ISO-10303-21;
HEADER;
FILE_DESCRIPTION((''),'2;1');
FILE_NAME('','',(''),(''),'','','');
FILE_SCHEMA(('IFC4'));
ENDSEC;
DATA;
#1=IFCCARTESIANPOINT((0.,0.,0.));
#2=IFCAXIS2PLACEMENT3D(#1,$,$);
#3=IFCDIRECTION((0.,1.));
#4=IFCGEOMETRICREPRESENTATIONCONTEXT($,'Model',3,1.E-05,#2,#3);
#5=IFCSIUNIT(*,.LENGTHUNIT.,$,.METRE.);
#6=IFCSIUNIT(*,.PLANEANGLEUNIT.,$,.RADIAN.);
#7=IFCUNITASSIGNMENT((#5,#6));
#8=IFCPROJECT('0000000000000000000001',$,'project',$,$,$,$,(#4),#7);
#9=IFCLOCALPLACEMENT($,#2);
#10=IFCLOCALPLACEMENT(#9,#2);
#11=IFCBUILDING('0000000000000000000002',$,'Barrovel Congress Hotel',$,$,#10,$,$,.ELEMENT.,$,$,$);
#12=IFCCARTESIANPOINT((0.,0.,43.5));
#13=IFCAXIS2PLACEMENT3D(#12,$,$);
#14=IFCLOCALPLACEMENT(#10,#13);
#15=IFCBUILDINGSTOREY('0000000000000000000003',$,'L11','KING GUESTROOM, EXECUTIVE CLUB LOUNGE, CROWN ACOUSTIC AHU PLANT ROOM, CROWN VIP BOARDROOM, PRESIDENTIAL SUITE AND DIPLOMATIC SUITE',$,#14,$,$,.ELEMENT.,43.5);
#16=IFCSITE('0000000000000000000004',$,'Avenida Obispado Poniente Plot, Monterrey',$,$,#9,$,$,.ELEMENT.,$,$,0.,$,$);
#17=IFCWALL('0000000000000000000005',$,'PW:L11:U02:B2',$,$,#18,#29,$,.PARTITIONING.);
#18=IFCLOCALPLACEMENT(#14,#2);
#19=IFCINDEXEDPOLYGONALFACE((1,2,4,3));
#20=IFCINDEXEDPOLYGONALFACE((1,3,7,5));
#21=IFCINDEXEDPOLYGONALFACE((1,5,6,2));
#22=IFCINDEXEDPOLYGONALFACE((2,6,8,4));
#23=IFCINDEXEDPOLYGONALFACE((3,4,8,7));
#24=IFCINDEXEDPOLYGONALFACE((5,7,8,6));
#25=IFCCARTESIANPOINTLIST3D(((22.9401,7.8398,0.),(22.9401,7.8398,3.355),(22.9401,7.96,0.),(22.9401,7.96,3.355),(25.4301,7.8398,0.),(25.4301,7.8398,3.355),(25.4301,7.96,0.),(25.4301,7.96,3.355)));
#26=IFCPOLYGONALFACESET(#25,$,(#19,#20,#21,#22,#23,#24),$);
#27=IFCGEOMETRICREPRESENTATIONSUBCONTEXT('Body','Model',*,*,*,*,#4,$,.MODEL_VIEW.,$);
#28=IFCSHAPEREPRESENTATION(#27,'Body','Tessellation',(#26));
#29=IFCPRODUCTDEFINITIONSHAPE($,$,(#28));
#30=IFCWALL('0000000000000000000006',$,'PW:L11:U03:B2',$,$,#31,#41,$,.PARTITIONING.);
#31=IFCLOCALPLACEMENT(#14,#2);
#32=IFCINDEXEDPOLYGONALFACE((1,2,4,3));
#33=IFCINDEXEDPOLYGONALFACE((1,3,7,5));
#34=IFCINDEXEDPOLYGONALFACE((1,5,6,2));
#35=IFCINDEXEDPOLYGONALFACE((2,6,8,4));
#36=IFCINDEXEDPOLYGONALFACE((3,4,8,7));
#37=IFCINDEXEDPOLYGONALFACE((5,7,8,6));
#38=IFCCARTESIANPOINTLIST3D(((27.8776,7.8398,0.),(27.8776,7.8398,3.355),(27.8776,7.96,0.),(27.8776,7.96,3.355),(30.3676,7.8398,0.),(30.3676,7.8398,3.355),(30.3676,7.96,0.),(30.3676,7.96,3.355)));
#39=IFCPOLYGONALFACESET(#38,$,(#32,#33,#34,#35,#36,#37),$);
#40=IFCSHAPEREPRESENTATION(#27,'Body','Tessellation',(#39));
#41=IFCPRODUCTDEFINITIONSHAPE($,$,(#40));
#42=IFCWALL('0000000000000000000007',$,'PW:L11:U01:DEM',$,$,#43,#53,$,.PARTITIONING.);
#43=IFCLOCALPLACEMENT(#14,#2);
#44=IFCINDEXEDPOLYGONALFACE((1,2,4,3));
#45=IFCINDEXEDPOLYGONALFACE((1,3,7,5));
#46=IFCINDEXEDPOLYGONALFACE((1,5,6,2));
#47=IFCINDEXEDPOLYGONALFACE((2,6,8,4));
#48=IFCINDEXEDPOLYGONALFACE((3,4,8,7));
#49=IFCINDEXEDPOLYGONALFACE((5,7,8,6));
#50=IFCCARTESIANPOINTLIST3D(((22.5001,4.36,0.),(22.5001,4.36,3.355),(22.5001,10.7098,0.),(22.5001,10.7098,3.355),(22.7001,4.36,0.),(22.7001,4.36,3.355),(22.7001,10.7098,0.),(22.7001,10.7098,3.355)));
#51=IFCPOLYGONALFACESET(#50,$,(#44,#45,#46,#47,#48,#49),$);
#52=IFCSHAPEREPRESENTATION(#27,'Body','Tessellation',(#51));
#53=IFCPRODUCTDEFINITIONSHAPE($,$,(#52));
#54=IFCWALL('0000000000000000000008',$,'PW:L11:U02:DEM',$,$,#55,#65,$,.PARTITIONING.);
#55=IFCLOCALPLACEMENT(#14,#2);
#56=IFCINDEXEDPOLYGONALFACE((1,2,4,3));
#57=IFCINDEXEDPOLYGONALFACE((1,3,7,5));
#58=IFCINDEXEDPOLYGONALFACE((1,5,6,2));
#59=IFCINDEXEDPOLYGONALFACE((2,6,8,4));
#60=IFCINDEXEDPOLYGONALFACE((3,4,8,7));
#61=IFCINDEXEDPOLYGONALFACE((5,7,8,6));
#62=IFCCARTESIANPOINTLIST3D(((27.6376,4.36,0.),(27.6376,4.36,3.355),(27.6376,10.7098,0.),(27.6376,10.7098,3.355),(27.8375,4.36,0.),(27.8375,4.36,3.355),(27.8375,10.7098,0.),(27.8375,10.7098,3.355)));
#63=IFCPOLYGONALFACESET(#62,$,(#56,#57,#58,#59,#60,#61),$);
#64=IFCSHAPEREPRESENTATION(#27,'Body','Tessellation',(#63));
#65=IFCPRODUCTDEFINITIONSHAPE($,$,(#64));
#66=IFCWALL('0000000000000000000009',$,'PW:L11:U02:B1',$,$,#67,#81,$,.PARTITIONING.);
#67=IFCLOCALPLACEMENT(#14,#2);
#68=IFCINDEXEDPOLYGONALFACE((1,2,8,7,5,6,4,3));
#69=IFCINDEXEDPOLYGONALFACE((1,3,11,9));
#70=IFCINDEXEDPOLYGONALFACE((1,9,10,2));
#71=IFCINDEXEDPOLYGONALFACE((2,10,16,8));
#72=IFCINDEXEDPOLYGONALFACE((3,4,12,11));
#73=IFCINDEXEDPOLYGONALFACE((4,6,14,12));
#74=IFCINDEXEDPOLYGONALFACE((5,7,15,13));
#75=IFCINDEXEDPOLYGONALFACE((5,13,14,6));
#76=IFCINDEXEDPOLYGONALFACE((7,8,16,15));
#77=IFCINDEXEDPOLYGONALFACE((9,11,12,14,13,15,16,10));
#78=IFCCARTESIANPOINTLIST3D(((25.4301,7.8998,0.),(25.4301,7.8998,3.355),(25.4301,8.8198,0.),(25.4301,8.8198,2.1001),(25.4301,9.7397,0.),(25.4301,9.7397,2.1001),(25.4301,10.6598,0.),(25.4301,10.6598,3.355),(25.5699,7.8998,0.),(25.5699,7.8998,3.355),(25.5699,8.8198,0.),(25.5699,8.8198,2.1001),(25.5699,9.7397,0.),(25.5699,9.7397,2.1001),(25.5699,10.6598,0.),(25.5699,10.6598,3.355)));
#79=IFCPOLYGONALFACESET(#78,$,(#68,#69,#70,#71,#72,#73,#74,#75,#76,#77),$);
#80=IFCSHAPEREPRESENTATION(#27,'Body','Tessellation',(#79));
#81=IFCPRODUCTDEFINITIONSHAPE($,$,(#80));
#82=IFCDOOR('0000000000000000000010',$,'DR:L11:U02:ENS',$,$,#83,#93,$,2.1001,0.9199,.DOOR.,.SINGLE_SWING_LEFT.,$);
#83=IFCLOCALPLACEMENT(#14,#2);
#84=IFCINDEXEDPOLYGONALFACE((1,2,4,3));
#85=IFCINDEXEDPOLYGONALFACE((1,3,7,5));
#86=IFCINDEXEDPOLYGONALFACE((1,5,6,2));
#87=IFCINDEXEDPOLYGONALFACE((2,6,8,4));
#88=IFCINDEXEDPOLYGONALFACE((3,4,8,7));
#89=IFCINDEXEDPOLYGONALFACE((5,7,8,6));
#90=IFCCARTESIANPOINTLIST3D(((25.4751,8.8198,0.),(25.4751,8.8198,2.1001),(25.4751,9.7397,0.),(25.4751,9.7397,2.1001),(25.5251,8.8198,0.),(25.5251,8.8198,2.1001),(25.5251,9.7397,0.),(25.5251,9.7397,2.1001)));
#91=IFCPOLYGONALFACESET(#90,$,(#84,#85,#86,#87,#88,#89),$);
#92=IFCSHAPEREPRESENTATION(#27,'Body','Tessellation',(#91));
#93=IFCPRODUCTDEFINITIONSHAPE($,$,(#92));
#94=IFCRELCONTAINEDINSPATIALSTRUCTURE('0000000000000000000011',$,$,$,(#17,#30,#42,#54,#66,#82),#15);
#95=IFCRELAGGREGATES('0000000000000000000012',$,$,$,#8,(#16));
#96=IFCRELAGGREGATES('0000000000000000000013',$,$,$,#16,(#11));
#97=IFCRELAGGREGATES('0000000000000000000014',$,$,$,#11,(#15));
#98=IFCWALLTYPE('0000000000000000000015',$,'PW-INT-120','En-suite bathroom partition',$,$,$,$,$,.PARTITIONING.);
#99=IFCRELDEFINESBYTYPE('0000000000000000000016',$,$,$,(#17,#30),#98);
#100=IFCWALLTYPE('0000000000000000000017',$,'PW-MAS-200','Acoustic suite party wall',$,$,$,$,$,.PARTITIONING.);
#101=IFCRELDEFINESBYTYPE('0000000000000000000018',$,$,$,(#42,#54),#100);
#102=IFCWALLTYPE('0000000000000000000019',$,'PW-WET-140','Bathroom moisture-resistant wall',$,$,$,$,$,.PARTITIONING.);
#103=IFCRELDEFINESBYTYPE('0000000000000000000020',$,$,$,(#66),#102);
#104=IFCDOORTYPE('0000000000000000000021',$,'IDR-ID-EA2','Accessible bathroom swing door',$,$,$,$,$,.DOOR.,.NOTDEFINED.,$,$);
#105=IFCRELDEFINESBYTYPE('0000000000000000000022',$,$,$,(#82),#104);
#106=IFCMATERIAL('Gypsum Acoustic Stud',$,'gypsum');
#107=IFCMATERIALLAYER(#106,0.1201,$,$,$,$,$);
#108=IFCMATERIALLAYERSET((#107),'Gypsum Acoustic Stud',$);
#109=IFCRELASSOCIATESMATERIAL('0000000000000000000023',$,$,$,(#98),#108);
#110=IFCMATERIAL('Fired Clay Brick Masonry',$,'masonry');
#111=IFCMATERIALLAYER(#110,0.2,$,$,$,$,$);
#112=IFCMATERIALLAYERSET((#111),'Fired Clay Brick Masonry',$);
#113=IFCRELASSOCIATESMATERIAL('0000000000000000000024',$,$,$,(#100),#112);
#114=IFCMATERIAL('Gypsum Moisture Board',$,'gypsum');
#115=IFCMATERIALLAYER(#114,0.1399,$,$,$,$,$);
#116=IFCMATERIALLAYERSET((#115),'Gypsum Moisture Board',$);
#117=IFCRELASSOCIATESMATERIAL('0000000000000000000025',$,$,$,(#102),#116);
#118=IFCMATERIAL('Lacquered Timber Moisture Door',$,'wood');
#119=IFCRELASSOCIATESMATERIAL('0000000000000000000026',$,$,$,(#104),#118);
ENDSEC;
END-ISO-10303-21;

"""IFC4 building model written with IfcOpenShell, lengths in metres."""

from ifc_helpers import new_model, si_unit, direction, frame, frame_2d, origin, place, context, subcontext, project, spatial, rectangle, extrude, material, layer, layer_set, type_object, element, fill, save


model = new_model("IFC4")

# Units and contexts
model_context = context("Model", 3, precision=1e-05, world=origin(), true_north=direction((0.0, 1.0)))
body_context = subcontext(model_context, "Body", "Model", "MODEL_VIEW")
ifc_project = project(units=[si_unit("LENGTHUNIT", "METRE"), si_unit("PLANEANGLEUNIT", "RADIAN")], contexts=[model_context])

# Site, building, storey
site_placement = place(None, origin())
site = spatial("IfcSite", under=ifc_project, at=site_placement, Name="Avenida Obispado Poniente Plot, Monterrey", CompositionType="ELEMENT", RefElevation=0.0)
building_placement = place(site_placement, origin())
building = spatial("IfcBuilding", under=site, at=building_placement, Name="Barrovel Congress Hotel", CompositionType="ELEMENT")
storey_placement = place(building_placement, frame((0.0, 0.0, 43.5)))
storey = spatial("IfcBuildingStorey", under=building, at=storey_placement, Name="L11", Description="KING GUESTROOM, EXECUTIVE CLUB LOUNGE, CROWN ACOUSTIC AHU PLANT ROOM, CROWN VIP BOARDROOM, PRESIDENTIAL SUITE AND DIPLOMATIC SUITE", CompositionType="ELEMENT", Elevation=43.5)

# Shared definitions
ifc_material_1 = material(Name="Fired Clay Brick Masonry", Category="masonry")

# Shared definitions
ifc_material_2 = material(Name="Gypsum Acoustic Stud", Category="gypsum")

# Walls
ifc_layer_1 = layer(ifc_material_2, 0.1201)
ifc_layer_set_1 = layer_set([ifc_layer_1], Name="Gypsum Acoustic Stud")
wall_type_1 = type_object("IfcWallType", Name="PW-INT-120", Description="En-suite bathroom partition", PredefinedType="PARTITIONING", material=ifc_layer_set_1)
for number, where, z_axis, x_axis, name in (
    (1, (22.9399, 7.8999, 0.0), (0.0, 0.0, 1.0), (1.0, 0.0, 0.0), "PW:L11:U02:B2"),
    (2, (27.8774, 7.8999, 0.0), (0.0, 0.0, 1.0), (1.0, 0.0, 0.0), "PW:L11:U03:B2"),
):
    element("IfcWall", number, at=place(storey_placement, frame(where, z_axis=z_axis, x_axis=x_axis)), inside=storey, type_object=wall_type_1, Name=name, PredefinedType="PARTITIONING", context=body_context, shape_type="SweptSolid", body=[
        extrude(rectangle(XDim=2.49, YDim=0.1201, at=frame_2d((1.2451, 0.0))), origin(), (0.0, 0.0, 1.0), 3.355),
    ])
ifc_layer_2 = layer(ifc_material_1, 0.2)
ifc_layer_set_2 = layer_set([ifc_layer_2], Name="Fired Clay Brick Masonry")
wall_type_2 = type_object("IfcWallType", Name="PW-MAS-200", Description="Acoustic suite party wall", PredefinedType="PARTITIONING", material=ifc_layer_set_2)
for number, where, z_axis, x_axis, name in (
    (3, (22.6001, 4.3601, 0.0), (0.0, 0.0, 1.0), (0.0, 1.0, 0.0), "PW:L11:U01:DEM"),
    (4, (27.7375, 4.3601, 0.0), (0.0, 0.0, 1.0), (0.0, 1.0, 0.0), "PW:L11:U02:DEM"),
):
    element("IfcWall", number, at=place(storey_placement, frame(where, z_axis=z_axis, x_axis=x_axis)), inside=storey, type_object=wall_type_2, Name=name, PredefinedType="PARTITIONING", context=body_context, shape_type="SweptSolid", body=[
        extrude(rectangle(XDim=6.3499, YDim=0.2, at=frame_2d((3.1748, 0.0))), origin(), (0.0, 0.0, 1.0), 3.355),
    ])

# Wall, opening, door
ifc_material_3 = material(Name="Gypsum Moisture Board", Category="gypsum")
ifc_layer_3 = layer(ifc_material_3, 0.1399)
ifc_layer_set_3 = layer_set([ifc_layer_3], Name="Gypsum Moisture Board")
wall_type_3 = type_object("IfcWallType", Name="PW-WET-140", Description="Bathroom moisture-resistant wall", PredefinedType="PARTITIONING", material=ifc_layer_set_3)
wall_1_placement = place(storey_placement, frame((25.5, 7.8999, 0.0), z_axis=(0.0, 0.0, 1.0), x_axis=(0.0, 1.0, 0.0)))
wall_1 = element("IfcWall", 5, at=wall_1_placement, inside=storey, type_object=wall_type_3, Name="PW:L11:U02:B1", PredefinedType="PARTITIONING", context=body_context, shape_type="SweptSolid", body=[
    extrude(rectangle(XDim=2.76, YDim=0.1399, at=frame_2d((1.3799, 0.0))), origin(), (0.0, 0.0, 1.0), 3.355),
])
opening_1_placement = place(wall_1_placement, frame((0.9199, 0.0, 0.0)))
opening_1 = element("IfcOpeningElement", 6, at=opening_1_placement, cuts=wall_1, PredefinedType="OPENING", context=body_context, shape_type="SweptSolid", body=[
    extrude(rectangle(XDim=0.9199, YDim=2.1001, at=frame_2d((0.46, 1.05))), frame((0.0, 0.0801, 0.0), z_axis=(0.0, -1.0, 0.0), x_axis=(1.0, 0.0, 0.0)), (0.0, 0.0, 1.0), 0.1599),
])
ifc_material_4 = material(Name="Lacquered Timber Moisture Door", Category="wood")
door_type_1 = type_object("IfcDoorType", Name="IDR-ID-EA2", Description="Accessible bathroom swing door", OperationType="NOTDEFINED", PredefinedType="DOOR", material=ifc_material_4)
door_1_placement = place(opening_1_placement, origin())
door_1 = element("IfcDoor", 7, at=door_1_placement, inside=storey, type_object=door_type_1, Name="DR:L11:U02:ENS", OperationType="SINGLE_SWING_LEFT", OverallHeight=2.1001, OverallWidth=0.9199, PredefinedType="DOOR", context=body_context, shape_type="SweptSolid", body=[
    extrude(rectangle(XDim=0.9199, YDim=2.1001, at=frame_2d((0.46, 1.05))), frame((0.0, 0.0249, 0.0), z_axis=(0.0, -1.0, 0.0), x_axis=(1.0, 0.0, 0.0)), (0.0, 0.0, 1.0), 0.05),
])
fill(opening_1, door_1)

save(model, "model.ifc")
